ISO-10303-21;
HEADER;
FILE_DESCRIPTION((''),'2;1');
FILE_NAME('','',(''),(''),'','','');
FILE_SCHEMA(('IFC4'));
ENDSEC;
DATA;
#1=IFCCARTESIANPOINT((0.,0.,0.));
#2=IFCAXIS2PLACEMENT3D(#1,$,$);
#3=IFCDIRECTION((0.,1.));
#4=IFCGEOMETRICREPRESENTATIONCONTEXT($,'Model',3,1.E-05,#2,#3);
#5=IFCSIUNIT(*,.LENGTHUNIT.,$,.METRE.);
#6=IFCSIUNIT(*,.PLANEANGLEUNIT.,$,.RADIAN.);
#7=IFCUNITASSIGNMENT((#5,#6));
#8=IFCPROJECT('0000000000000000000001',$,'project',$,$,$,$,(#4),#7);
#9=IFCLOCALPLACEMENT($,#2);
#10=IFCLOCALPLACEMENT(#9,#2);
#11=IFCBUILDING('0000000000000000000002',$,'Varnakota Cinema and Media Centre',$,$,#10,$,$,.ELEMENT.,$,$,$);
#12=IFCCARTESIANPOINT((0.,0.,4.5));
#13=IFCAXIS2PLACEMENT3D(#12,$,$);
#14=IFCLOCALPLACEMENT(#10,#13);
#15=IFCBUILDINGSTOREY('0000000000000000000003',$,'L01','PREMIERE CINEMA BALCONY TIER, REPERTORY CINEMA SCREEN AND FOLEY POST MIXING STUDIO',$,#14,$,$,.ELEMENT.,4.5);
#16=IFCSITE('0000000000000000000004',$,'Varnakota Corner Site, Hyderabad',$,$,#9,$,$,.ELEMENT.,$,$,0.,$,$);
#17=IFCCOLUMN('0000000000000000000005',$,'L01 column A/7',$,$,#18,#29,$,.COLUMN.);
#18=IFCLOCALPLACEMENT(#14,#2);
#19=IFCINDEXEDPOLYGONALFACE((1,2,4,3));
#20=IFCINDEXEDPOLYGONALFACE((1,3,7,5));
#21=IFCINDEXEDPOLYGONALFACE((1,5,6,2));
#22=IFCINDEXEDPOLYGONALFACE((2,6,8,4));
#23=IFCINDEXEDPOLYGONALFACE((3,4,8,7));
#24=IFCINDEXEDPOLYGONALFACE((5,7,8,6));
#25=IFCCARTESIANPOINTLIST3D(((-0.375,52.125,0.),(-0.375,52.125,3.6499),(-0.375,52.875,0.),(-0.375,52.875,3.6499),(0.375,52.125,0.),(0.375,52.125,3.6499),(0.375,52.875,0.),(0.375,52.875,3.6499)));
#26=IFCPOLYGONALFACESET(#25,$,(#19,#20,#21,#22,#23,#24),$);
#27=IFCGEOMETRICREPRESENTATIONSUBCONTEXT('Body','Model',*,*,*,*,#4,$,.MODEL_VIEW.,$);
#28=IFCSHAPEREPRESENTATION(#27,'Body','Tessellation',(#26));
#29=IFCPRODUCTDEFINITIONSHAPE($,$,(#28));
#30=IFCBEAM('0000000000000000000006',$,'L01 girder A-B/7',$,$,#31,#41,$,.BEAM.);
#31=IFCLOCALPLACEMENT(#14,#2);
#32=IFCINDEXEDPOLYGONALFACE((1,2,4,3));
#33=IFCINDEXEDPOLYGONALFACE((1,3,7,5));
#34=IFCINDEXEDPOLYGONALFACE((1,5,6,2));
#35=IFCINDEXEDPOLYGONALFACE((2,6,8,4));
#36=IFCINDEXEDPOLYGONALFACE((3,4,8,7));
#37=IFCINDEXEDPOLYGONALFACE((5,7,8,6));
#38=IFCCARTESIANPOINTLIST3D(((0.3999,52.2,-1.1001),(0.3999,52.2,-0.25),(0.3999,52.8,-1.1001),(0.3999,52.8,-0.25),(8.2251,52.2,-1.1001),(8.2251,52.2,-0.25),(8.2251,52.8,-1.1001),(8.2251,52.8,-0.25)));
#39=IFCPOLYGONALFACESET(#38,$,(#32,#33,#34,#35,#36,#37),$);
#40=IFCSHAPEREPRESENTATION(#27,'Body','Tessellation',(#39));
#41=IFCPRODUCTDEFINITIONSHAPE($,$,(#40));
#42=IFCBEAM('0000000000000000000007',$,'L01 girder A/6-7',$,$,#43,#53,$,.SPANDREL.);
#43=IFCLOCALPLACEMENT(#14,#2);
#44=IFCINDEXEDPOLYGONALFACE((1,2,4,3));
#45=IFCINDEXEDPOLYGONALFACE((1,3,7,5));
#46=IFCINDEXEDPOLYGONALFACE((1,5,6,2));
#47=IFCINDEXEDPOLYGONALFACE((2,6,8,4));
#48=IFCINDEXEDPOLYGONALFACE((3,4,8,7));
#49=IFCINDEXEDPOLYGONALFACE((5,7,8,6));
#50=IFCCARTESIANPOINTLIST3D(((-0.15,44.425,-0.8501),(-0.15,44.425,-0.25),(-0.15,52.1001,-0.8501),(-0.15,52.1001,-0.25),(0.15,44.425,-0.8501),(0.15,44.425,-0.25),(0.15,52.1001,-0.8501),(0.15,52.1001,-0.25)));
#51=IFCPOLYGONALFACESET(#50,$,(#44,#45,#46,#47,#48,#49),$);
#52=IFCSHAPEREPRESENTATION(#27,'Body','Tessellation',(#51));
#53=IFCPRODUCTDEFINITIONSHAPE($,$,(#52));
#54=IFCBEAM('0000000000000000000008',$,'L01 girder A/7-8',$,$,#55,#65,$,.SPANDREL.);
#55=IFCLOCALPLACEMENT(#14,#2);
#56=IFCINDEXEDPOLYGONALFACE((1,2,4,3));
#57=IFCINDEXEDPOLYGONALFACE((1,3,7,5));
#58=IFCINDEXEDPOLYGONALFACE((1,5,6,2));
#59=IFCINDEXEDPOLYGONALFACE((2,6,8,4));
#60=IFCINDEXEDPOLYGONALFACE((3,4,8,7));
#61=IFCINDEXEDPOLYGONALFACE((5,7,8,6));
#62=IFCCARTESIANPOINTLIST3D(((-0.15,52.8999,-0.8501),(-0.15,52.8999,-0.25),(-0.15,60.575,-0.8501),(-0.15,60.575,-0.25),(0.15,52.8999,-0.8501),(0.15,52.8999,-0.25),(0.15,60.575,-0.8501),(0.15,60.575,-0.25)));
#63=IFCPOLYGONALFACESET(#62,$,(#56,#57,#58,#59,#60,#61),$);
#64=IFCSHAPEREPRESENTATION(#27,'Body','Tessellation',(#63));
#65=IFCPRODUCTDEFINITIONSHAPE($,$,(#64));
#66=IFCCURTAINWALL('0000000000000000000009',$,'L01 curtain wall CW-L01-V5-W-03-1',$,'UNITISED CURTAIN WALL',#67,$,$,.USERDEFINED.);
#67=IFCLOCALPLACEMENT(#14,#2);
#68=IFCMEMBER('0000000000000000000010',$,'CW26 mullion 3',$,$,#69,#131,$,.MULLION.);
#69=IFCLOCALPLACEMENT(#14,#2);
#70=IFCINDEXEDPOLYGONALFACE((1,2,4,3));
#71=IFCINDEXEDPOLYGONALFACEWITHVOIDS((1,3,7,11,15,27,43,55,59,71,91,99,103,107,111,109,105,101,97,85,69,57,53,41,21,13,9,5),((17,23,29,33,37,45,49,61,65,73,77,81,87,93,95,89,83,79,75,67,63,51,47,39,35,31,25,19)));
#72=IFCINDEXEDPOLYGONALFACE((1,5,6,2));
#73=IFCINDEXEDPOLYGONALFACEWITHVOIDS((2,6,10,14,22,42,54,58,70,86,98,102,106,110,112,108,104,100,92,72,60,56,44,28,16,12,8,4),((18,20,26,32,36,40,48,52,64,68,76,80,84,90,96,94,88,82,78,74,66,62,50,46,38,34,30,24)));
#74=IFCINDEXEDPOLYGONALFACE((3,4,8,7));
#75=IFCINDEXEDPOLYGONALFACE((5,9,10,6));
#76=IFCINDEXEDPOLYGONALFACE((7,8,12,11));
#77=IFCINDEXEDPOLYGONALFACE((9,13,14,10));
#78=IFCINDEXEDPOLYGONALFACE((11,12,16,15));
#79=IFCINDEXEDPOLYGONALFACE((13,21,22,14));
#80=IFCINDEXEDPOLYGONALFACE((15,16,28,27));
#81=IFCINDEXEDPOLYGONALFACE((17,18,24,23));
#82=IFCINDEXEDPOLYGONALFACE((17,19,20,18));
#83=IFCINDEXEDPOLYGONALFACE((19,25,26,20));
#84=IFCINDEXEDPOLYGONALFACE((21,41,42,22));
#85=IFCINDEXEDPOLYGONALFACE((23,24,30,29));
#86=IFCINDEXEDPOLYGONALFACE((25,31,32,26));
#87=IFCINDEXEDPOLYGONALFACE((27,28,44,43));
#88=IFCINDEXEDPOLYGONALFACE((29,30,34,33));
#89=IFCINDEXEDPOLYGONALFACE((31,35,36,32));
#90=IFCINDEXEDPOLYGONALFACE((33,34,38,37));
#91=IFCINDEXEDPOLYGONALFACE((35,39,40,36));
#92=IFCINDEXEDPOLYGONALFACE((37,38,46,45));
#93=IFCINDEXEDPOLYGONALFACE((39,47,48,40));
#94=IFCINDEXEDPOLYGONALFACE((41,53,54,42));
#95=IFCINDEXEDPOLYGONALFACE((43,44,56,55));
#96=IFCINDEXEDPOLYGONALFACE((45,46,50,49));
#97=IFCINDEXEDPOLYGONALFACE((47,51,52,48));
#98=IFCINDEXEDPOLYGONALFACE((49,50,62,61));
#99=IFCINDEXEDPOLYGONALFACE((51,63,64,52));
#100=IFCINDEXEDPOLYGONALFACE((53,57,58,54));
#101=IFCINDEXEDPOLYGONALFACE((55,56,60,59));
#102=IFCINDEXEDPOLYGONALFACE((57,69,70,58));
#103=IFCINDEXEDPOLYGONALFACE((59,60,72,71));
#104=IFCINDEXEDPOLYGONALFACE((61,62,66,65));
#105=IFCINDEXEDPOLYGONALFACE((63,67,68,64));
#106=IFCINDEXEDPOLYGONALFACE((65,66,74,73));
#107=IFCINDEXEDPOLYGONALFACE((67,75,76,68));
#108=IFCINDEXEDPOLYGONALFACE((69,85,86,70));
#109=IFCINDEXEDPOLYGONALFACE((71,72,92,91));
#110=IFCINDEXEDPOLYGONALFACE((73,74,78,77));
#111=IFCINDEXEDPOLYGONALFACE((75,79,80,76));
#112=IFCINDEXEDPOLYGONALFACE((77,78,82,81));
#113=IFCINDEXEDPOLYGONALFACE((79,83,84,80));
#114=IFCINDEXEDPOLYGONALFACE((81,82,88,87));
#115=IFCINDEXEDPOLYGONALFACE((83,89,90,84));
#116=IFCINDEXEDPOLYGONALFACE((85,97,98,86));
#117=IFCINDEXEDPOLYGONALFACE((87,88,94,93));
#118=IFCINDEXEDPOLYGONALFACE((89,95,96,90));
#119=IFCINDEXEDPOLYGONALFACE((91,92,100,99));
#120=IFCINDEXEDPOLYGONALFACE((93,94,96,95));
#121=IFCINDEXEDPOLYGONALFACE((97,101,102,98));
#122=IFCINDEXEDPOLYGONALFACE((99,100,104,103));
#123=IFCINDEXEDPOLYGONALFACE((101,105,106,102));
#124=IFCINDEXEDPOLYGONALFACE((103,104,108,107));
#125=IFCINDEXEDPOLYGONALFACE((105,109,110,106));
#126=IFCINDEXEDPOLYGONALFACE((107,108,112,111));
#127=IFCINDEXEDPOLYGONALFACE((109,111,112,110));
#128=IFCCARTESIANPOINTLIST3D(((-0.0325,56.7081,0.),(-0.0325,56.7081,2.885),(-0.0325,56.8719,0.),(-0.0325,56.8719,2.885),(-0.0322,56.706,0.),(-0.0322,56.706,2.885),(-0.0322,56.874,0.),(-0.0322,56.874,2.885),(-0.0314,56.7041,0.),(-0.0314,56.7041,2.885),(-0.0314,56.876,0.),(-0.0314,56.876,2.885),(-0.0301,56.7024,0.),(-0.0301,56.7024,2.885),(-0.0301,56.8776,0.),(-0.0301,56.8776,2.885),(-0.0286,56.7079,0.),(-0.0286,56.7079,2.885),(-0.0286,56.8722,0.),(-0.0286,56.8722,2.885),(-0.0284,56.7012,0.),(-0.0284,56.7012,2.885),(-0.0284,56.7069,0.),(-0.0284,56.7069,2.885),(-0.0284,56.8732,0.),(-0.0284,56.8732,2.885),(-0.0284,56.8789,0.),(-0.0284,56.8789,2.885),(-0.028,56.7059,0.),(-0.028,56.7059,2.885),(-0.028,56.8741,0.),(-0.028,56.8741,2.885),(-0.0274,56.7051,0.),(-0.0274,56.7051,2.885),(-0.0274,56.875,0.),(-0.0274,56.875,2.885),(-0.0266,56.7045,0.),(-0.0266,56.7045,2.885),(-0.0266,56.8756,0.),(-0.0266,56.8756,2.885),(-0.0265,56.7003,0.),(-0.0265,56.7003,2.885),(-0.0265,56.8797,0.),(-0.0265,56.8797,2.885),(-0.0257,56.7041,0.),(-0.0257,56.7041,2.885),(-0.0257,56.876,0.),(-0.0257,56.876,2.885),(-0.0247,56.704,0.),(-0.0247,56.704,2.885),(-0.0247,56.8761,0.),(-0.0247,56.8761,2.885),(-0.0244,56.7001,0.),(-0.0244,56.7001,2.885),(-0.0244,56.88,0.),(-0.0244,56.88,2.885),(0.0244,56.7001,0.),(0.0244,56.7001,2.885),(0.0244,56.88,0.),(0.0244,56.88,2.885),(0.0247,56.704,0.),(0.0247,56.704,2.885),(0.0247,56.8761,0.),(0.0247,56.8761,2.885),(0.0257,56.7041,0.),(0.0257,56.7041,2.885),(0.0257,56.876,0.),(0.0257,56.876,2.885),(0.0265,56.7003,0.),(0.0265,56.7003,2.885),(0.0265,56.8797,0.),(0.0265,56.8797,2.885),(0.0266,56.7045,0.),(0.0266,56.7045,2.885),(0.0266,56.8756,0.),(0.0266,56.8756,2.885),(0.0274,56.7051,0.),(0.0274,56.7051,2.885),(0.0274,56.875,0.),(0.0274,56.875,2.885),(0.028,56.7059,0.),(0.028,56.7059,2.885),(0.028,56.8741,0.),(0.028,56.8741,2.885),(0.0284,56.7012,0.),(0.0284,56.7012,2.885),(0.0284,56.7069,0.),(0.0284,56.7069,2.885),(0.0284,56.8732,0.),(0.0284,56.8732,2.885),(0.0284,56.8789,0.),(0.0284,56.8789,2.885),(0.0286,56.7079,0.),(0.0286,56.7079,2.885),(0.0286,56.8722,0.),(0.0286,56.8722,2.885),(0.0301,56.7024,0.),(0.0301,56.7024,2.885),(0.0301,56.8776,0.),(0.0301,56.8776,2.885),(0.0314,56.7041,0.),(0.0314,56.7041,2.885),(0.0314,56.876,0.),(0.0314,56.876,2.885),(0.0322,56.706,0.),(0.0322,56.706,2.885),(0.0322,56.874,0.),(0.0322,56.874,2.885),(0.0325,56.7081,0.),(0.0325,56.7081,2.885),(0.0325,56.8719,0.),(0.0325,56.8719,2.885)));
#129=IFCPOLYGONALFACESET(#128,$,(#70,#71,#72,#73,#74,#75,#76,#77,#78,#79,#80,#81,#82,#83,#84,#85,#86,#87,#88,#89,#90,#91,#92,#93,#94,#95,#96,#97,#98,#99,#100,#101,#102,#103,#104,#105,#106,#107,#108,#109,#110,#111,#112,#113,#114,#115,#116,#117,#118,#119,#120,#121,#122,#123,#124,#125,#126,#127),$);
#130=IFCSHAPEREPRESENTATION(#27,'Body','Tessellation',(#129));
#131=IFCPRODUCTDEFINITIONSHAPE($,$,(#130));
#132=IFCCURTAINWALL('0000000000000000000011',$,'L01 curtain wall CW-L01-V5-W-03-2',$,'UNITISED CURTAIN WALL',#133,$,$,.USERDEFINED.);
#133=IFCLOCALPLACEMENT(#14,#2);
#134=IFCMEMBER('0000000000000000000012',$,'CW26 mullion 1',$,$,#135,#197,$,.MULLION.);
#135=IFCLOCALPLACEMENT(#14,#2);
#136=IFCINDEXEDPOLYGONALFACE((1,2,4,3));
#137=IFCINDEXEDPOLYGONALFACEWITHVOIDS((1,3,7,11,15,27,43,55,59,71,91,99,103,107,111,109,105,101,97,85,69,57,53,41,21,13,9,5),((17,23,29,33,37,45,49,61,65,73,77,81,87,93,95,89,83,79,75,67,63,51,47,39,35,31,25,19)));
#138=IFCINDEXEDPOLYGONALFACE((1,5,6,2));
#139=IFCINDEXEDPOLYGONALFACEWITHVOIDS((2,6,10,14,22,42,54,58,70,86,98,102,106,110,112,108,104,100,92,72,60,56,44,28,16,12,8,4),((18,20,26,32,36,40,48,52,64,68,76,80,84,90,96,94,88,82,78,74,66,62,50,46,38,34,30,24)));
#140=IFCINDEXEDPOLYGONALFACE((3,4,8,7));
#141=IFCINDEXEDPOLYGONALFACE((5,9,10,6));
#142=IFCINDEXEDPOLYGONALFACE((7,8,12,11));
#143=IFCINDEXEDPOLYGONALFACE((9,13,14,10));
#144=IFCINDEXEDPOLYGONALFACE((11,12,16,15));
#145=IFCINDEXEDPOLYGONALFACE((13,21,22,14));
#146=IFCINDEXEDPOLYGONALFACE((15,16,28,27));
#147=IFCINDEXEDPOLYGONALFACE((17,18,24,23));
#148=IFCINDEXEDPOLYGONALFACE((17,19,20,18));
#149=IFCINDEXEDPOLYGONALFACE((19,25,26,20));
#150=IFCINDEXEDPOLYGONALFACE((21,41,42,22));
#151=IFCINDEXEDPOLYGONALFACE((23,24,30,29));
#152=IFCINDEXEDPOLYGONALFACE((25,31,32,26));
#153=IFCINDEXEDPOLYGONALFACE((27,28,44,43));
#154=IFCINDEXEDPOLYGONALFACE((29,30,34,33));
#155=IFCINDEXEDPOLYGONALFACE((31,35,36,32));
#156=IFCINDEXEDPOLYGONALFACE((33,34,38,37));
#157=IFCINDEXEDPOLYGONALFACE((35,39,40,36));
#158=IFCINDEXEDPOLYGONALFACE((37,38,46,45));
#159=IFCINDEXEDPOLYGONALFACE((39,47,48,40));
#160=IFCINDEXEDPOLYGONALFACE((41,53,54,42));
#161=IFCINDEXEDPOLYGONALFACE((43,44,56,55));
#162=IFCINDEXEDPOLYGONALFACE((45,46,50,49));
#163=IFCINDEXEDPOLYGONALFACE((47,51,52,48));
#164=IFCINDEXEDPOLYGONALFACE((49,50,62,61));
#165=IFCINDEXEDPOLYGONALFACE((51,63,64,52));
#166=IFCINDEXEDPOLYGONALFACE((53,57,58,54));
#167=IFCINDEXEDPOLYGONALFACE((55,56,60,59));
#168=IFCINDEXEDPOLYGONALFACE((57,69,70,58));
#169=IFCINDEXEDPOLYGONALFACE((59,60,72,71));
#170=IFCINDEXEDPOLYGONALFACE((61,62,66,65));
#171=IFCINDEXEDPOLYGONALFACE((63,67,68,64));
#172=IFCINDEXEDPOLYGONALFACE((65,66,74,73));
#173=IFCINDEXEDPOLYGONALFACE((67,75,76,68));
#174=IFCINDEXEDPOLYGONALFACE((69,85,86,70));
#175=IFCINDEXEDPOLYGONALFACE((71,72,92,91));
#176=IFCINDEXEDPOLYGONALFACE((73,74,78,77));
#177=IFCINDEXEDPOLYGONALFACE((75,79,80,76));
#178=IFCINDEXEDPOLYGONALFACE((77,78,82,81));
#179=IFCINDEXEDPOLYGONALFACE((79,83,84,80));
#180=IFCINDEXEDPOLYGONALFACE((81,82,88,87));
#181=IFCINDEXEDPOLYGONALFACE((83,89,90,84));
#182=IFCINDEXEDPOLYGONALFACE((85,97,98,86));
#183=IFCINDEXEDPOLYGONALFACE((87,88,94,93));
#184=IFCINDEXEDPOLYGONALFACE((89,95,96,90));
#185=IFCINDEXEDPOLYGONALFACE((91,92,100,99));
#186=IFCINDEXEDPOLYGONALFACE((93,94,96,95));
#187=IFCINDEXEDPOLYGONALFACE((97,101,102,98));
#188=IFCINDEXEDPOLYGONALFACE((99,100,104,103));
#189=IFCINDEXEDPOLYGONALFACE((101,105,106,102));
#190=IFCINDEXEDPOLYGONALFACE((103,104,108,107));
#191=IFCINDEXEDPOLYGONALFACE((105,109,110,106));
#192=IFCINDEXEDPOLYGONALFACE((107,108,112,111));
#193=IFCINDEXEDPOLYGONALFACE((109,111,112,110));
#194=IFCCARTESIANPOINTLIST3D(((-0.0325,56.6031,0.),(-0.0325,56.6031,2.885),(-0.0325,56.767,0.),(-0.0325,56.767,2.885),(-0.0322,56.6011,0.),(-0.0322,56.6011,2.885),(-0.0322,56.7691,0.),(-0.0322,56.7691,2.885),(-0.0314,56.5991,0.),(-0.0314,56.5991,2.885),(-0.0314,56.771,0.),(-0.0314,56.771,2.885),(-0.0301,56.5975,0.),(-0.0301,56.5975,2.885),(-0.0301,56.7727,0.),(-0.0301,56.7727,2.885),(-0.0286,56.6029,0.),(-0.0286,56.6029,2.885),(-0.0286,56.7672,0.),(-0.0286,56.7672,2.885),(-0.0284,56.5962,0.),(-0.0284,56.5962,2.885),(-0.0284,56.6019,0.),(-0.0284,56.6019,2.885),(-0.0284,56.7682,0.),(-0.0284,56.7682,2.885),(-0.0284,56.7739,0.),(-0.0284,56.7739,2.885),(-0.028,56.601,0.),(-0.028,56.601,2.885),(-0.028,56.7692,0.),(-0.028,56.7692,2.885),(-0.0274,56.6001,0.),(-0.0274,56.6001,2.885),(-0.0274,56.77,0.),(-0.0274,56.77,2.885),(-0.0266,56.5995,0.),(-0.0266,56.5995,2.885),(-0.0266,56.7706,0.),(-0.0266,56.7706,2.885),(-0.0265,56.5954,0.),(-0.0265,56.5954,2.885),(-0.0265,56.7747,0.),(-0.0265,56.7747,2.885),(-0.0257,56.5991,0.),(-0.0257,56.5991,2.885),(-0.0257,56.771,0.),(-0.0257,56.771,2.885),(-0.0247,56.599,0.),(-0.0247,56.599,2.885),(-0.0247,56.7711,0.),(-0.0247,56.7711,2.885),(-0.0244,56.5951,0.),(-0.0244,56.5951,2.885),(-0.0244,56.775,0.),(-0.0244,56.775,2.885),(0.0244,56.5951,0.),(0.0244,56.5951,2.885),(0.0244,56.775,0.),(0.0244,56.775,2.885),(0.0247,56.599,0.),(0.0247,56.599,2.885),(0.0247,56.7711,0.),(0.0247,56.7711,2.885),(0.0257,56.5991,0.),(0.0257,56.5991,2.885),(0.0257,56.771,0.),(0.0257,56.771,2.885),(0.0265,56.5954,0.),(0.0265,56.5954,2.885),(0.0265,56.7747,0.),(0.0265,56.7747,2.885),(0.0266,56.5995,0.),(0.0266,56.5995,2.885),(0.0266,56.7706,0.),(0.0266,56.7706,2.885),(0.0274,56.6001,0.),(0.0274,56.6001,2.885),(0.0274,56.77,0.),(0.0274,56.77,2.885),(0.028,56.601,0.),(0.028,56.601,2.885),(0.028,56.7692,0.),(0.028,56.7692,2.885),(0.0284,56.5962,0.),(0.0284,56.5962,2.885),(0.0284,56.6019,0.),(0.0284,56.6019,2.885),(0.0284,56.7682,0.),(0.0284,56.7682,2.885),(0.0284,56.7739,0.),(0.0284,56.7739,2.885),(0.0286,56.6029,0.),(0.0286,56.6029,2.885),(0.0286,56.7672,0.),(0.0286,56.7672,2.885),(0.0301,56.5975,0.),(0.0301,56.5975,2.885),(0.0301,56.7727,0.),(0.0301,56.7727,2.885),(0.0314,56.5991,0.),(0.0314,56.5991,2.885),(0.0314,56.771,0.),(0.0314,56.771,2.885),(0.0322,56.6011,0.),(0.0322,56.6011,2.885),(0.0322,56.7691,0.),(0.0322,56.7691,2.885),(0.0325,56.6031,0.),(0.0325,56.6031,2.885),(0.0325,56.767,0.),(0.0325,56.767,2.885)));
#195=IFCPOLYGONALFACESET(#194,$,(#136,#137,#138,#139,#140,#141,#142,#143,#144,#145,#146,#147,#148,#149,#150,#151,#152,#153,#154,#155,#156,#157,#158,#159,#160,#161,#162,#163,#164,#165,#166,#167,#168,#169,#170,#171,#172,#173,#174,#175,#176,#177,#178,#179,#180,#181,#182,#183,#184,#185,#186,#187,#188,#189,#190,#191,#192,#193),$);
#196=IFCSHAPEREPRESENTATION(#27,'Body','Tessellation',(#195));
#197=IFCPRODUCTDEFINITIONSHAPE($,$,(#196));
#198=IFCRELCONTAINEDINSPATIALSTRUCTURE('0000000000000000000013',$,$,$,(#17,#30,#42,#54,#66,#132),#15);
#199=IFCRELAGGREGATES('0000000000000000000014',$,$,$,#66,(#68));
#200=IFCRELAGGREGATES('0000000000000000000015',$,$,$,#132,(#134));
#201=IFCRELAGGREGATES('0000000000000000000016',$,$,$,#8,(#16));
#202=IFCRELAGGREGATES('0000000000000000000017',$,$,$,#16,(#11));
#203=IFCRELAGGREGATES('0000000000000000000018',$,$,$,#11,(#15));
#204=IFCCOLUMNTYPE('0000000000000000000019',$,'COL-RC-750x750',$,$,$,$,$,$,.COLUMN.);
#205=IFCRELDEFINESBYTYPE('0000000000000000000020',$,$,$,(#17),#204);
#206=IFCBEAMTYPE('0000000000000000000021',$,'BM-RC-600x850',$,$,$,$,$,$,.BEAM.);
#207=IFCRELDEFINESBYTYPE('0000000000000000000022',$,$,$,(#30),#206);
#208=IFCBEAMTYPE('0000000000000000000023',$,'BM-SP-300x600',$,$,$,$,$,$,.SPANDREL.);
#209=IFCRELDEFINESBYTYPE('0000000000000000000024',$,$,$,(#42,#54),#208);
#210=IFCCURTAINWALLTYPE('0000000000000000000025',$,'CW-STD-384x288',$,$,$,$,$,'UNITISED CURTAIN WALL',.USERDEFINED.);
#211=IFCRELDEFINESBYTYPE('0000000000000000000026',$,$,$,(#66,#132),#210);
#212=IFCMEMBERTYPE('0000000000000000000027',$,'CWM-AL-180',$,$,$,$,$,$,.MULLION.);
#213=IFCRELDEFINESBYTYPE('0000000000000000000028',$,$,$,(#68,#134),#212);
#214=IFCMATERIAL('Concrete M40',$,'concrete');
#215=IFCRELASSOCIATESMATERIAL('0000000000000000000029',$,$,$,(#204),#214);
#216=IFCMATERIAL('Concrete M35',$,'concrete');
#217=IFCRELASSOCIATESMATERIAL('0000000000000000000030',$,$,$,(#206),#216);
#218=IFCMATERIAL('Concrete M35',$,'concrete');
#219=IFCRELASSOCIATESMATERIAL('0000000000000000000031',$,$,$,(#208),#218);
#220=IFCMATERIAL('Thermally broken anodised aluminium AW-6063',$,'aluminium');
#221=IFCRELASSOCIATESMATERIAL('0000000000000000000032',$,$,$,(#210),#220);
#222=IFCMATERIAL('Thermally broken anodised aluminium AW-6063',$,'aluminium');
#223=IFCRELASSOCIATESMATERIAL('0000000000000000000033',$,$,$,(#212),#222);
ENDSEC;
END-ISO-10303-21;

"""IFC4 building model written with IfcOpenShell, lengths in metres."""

from ifc_helpers import new_model, si_unit, direction, frame, origin, origin_2d, place, context, subcontext, project, spatial, rectangle, hollow_rectangle, extrude, material, material_profile, profile_set, type_object, element, aggregate, save


model = new_model("IFC4")

# Units and contexts
model_context = context("Model", 3, precision=1e-05, world=origin(), true_north=direction((0.0, 1.0)))
body_context = subcontext(model_context, "Body", "Model", "MODEL_VIEW")
ifc_project = project(units=[si_unit("LENGTHUNIT", "METRE"), si_unit("PLANEANGLEUNIT", "RADIAN")], contexts=[model_context])

# Site, building, storey
site_placement = place(None, origin())
site = spatial("IfcSite", under=ifc_project, at=site_placement, Name="Varnakota Corner Site, Hyderabad", CompositionType="ELEMENT", RefElevation=0.0)
building_placement = place(site_placement, origin())
building = spatial("IfcBuilding", under=site, at=building_placement, Name="Varnakota Cinema and Media Centre", CompositionType="ELEMENT")
storey_placement = place(building_placement, frame((0.0, 0.0, 4.5)))
storey = spatial("IfcBuildingStorey", under=building, at=storey_placement, Name="L01", Description="PREMIERE CINEMA BALCONY TIER, REPERTORY CINEMA SCREEN AND FOLEY POST MIXING STUDIO", CompositionType="ELEMENT", Elevation=4.5)

# Column
ifc_material_1 = material(Name="Concrete M40", Category="concrete")
ifc_material_profile_1 = material_profile(ifc_material_1, rectangle(XDim=0.75, YDim=0.75, at=origin_2d()), Name="RC 750x750")
ifc_profile_set_1 = profile_set([ifc_material_profile_1], Name="Concrete M40")
column_type = type_object("IfcColumnType", Name="COL-RC-750x750", PredefinedType="COLUMN", material=ifc_profile_set_1)
column_placement = place(storey_placement, frame((0.0, 52.5, 0.0), z_axis=(0.0, 0.0, 1.0), x_axis=(1.0, 0.0, 0.0)))
element("IfcColumn", 1, at=column_placement, inside=storey, type_object=column_type, Name="L01 column A/7", PredefinedType="COLUMN", context=body_context, shape_type="SweptSolid", body=[
    extrude(rectangle(XDim=0.75, YDim=0.75, at=origin_2d()), origin(), (0.0, 0.0, 1.0), 3.6499),
])

# Beams
ifc_material_2 = material(Name="Concrete M35", Category="concrete")
ifc_material_profile_2 = material_profile(ifc_material_2, rectangle(XDim=0.6001, YDim=0.8501, at=origin_2d()), Name="RCB 600x850")
ifc_profile_set_2 = profile_set([ifc_material_profile_2], Name="Concrete M35")
beam_type_1 = type_object("IfcBeamType", Name="BM-RC-600x850", PredefinedType="BEAM", material=ifc_profile_set_2)
beam_placement = place(storey_placement, frame((0.3999, 52.5, -0.675), z_axis=(1.0, 0.0, 0.0), x_axis=(0.0, 1.0, 0.0)))
element("IfcBeam", 2, at=beam_placement, inside=storey, type_object=beam_type_1, Name="L01 girder A-B/7", PredefinedType="BEAM", context=body_context, shape_type="SweptSolid", body=[
    extrude(rectangle(XDim=0.6001, YDim=0.8501, at=origin_2d()), origin(), (0.0, 0.0, 1.0), 7.8252),
])
ifc_material_3 = material(Name="Concrete M35", Category="concrete")
ifc_material_profile_3 = material_profile(ifc_material_3, rectangle(XDim=0.3, YDim=0.6001, at=origin_2d()), Name="RCB 300x600")
ifc_profile_set_3 = profile_set([ifc_material_profile_3], Name="Concrete M35")
beam_type_2 = type_object("IfcBeamType", Name="BM-SP-300x600", PredefinedType="SPANDREL", material=ifc_profile_set_3)
for number, where, z_axis, x_axis, name in (
    (3, (0.0, 44.425, -0.55), (0.0, 1.0, 0.0), (-1.0, 0.0, 0.0), "L01 girder A/6-7"),
    (4, (0.0, 52.8999, -0.55), (0.0, 1.0, 0.0), (-1.0, 0.0, 0.0), "L01 girder A/7-8"),
):
    element("IfcBeam", number, at=place(storey_placement, frame(where, z_axis=z_axis, x_axis=x_axis)), inside=storey, type_object=beam_type_2, Name=name, PredefinedType="SPANDREL", context=body_context, shape_type="SweptSolid", body=[
        extrude(rectangle(XDim=0.3, YDim=0.6001, at=origin_2d()), origin(), (0.0, 0.0, 1.0), 7.675),
    ])

# Curtain wall, member
ifc_material_4 = material(Name="Thermally broken anodised aluminium AW-6063", Category="aluminium")
curtain_wall_type = type_object("IfcCurtainWallType", Name="CW-STD-384x288", ElementType="UNITISED CURTAIN WALL", PredefinedType="USERDEFINED", material=ifc_material_4)
curtain_wall_1_placement = place(storey_placement, origin())
curtain_wall_1 = element("IfcCurtainWall", 5, at=curtain_wall_1_placement, inside=storey, type_object=curtain_wall_type, Name="L01 curtain wall CW-L01-V5-W-03-1", ObjectType="UNITISED CURTAIN WALL", PredefinedType="USERDEFINED")
ifc_material_5 = material(Name="Thermally broken anodised aluminium AW-6063", Category="aluminium")
ifc_material_profile_4 = material_profile(ifc_material_5, hollow_rectangle(XDim=0.0649, YDim=0.1799, WallThickness=0.0039, InnerFilletRadius=0.0039, OuterFilletRadius=0.0081, at=origin_2d()), Name="AL-MULLION 180x65x4")
ifc_profile_set_4 = profile_set([ifc_material_profile_4], Name="Thermally broken anodised aluminium AW-6063")
member_type_1 = type_object("IfcMemberType", Name="CWM-AL-180", PredefinedType="MULLION", material=ifc_profile_set_4)
member_1_placement = place(storey_placement, frame((0.0, 56.79, 0.0), z_axis=(0.0, 0.0, 1.0), x_axis=(1.0, 0.0, 0.0)))
member_1 = element("IfcMember", 6, at=member_1_placement, type_object=member_type_1, Name="CW26 mullion 3", PredefinedType="MULLION", context=body_context, shape_type="SweptSolid", body=[
    extrude(hollow_rectangle(XDim=0.0649, YDim=0.1799, WallThickness=0.0039, InnerFilletRadius=0.0039, OuterFilletRadius=0.0081, at=origin_2d()), origin(), (0.0, 0.0, 1.0), 2.885),
])

# Curtain wall, member
curtain_wall_2_placement = place(storey_placement, origin())
curtain_wall_2 = element("IfcCurtainWall", 7, at=curtain_wall_2_placement, inside=storey, type_object=curtain_wall_type, Name="L01 curtain wall CW-L01-V5-W-03-2", ObjectType="UNITISED CURTAIN WALL", PredefinedType="USERDEFINED")
member_2_placement = place(storey_placement, frame((0.0, 56.6851, 0.0), z_axis=(0.0, 0.0, 1.0), x_axis=(1.0, 0.0, 0.0)))
member_2 = element("IfcMember", 8, at=member_2_placement, type_object=member_type_1, Name="CW26 mullion 1", PredefinedType="MULLION", context=body_context, shape_type="SweptSolid", body=[
    extrude(hollow_rectangle(XDim=0.0649, YDim=0.1799, WallThickness=0.0039, InnerFilletRadius=0.0039, OuterFilletRadius=0.0081, at=origin_2d()), origin(), (0.0, 0.0, 1.0), 2.885),
])

aggregate(curtain_wall_1, [member_1])
aggregate(curtain_wall_2, [member_2])

save(model, "model.ifc")
